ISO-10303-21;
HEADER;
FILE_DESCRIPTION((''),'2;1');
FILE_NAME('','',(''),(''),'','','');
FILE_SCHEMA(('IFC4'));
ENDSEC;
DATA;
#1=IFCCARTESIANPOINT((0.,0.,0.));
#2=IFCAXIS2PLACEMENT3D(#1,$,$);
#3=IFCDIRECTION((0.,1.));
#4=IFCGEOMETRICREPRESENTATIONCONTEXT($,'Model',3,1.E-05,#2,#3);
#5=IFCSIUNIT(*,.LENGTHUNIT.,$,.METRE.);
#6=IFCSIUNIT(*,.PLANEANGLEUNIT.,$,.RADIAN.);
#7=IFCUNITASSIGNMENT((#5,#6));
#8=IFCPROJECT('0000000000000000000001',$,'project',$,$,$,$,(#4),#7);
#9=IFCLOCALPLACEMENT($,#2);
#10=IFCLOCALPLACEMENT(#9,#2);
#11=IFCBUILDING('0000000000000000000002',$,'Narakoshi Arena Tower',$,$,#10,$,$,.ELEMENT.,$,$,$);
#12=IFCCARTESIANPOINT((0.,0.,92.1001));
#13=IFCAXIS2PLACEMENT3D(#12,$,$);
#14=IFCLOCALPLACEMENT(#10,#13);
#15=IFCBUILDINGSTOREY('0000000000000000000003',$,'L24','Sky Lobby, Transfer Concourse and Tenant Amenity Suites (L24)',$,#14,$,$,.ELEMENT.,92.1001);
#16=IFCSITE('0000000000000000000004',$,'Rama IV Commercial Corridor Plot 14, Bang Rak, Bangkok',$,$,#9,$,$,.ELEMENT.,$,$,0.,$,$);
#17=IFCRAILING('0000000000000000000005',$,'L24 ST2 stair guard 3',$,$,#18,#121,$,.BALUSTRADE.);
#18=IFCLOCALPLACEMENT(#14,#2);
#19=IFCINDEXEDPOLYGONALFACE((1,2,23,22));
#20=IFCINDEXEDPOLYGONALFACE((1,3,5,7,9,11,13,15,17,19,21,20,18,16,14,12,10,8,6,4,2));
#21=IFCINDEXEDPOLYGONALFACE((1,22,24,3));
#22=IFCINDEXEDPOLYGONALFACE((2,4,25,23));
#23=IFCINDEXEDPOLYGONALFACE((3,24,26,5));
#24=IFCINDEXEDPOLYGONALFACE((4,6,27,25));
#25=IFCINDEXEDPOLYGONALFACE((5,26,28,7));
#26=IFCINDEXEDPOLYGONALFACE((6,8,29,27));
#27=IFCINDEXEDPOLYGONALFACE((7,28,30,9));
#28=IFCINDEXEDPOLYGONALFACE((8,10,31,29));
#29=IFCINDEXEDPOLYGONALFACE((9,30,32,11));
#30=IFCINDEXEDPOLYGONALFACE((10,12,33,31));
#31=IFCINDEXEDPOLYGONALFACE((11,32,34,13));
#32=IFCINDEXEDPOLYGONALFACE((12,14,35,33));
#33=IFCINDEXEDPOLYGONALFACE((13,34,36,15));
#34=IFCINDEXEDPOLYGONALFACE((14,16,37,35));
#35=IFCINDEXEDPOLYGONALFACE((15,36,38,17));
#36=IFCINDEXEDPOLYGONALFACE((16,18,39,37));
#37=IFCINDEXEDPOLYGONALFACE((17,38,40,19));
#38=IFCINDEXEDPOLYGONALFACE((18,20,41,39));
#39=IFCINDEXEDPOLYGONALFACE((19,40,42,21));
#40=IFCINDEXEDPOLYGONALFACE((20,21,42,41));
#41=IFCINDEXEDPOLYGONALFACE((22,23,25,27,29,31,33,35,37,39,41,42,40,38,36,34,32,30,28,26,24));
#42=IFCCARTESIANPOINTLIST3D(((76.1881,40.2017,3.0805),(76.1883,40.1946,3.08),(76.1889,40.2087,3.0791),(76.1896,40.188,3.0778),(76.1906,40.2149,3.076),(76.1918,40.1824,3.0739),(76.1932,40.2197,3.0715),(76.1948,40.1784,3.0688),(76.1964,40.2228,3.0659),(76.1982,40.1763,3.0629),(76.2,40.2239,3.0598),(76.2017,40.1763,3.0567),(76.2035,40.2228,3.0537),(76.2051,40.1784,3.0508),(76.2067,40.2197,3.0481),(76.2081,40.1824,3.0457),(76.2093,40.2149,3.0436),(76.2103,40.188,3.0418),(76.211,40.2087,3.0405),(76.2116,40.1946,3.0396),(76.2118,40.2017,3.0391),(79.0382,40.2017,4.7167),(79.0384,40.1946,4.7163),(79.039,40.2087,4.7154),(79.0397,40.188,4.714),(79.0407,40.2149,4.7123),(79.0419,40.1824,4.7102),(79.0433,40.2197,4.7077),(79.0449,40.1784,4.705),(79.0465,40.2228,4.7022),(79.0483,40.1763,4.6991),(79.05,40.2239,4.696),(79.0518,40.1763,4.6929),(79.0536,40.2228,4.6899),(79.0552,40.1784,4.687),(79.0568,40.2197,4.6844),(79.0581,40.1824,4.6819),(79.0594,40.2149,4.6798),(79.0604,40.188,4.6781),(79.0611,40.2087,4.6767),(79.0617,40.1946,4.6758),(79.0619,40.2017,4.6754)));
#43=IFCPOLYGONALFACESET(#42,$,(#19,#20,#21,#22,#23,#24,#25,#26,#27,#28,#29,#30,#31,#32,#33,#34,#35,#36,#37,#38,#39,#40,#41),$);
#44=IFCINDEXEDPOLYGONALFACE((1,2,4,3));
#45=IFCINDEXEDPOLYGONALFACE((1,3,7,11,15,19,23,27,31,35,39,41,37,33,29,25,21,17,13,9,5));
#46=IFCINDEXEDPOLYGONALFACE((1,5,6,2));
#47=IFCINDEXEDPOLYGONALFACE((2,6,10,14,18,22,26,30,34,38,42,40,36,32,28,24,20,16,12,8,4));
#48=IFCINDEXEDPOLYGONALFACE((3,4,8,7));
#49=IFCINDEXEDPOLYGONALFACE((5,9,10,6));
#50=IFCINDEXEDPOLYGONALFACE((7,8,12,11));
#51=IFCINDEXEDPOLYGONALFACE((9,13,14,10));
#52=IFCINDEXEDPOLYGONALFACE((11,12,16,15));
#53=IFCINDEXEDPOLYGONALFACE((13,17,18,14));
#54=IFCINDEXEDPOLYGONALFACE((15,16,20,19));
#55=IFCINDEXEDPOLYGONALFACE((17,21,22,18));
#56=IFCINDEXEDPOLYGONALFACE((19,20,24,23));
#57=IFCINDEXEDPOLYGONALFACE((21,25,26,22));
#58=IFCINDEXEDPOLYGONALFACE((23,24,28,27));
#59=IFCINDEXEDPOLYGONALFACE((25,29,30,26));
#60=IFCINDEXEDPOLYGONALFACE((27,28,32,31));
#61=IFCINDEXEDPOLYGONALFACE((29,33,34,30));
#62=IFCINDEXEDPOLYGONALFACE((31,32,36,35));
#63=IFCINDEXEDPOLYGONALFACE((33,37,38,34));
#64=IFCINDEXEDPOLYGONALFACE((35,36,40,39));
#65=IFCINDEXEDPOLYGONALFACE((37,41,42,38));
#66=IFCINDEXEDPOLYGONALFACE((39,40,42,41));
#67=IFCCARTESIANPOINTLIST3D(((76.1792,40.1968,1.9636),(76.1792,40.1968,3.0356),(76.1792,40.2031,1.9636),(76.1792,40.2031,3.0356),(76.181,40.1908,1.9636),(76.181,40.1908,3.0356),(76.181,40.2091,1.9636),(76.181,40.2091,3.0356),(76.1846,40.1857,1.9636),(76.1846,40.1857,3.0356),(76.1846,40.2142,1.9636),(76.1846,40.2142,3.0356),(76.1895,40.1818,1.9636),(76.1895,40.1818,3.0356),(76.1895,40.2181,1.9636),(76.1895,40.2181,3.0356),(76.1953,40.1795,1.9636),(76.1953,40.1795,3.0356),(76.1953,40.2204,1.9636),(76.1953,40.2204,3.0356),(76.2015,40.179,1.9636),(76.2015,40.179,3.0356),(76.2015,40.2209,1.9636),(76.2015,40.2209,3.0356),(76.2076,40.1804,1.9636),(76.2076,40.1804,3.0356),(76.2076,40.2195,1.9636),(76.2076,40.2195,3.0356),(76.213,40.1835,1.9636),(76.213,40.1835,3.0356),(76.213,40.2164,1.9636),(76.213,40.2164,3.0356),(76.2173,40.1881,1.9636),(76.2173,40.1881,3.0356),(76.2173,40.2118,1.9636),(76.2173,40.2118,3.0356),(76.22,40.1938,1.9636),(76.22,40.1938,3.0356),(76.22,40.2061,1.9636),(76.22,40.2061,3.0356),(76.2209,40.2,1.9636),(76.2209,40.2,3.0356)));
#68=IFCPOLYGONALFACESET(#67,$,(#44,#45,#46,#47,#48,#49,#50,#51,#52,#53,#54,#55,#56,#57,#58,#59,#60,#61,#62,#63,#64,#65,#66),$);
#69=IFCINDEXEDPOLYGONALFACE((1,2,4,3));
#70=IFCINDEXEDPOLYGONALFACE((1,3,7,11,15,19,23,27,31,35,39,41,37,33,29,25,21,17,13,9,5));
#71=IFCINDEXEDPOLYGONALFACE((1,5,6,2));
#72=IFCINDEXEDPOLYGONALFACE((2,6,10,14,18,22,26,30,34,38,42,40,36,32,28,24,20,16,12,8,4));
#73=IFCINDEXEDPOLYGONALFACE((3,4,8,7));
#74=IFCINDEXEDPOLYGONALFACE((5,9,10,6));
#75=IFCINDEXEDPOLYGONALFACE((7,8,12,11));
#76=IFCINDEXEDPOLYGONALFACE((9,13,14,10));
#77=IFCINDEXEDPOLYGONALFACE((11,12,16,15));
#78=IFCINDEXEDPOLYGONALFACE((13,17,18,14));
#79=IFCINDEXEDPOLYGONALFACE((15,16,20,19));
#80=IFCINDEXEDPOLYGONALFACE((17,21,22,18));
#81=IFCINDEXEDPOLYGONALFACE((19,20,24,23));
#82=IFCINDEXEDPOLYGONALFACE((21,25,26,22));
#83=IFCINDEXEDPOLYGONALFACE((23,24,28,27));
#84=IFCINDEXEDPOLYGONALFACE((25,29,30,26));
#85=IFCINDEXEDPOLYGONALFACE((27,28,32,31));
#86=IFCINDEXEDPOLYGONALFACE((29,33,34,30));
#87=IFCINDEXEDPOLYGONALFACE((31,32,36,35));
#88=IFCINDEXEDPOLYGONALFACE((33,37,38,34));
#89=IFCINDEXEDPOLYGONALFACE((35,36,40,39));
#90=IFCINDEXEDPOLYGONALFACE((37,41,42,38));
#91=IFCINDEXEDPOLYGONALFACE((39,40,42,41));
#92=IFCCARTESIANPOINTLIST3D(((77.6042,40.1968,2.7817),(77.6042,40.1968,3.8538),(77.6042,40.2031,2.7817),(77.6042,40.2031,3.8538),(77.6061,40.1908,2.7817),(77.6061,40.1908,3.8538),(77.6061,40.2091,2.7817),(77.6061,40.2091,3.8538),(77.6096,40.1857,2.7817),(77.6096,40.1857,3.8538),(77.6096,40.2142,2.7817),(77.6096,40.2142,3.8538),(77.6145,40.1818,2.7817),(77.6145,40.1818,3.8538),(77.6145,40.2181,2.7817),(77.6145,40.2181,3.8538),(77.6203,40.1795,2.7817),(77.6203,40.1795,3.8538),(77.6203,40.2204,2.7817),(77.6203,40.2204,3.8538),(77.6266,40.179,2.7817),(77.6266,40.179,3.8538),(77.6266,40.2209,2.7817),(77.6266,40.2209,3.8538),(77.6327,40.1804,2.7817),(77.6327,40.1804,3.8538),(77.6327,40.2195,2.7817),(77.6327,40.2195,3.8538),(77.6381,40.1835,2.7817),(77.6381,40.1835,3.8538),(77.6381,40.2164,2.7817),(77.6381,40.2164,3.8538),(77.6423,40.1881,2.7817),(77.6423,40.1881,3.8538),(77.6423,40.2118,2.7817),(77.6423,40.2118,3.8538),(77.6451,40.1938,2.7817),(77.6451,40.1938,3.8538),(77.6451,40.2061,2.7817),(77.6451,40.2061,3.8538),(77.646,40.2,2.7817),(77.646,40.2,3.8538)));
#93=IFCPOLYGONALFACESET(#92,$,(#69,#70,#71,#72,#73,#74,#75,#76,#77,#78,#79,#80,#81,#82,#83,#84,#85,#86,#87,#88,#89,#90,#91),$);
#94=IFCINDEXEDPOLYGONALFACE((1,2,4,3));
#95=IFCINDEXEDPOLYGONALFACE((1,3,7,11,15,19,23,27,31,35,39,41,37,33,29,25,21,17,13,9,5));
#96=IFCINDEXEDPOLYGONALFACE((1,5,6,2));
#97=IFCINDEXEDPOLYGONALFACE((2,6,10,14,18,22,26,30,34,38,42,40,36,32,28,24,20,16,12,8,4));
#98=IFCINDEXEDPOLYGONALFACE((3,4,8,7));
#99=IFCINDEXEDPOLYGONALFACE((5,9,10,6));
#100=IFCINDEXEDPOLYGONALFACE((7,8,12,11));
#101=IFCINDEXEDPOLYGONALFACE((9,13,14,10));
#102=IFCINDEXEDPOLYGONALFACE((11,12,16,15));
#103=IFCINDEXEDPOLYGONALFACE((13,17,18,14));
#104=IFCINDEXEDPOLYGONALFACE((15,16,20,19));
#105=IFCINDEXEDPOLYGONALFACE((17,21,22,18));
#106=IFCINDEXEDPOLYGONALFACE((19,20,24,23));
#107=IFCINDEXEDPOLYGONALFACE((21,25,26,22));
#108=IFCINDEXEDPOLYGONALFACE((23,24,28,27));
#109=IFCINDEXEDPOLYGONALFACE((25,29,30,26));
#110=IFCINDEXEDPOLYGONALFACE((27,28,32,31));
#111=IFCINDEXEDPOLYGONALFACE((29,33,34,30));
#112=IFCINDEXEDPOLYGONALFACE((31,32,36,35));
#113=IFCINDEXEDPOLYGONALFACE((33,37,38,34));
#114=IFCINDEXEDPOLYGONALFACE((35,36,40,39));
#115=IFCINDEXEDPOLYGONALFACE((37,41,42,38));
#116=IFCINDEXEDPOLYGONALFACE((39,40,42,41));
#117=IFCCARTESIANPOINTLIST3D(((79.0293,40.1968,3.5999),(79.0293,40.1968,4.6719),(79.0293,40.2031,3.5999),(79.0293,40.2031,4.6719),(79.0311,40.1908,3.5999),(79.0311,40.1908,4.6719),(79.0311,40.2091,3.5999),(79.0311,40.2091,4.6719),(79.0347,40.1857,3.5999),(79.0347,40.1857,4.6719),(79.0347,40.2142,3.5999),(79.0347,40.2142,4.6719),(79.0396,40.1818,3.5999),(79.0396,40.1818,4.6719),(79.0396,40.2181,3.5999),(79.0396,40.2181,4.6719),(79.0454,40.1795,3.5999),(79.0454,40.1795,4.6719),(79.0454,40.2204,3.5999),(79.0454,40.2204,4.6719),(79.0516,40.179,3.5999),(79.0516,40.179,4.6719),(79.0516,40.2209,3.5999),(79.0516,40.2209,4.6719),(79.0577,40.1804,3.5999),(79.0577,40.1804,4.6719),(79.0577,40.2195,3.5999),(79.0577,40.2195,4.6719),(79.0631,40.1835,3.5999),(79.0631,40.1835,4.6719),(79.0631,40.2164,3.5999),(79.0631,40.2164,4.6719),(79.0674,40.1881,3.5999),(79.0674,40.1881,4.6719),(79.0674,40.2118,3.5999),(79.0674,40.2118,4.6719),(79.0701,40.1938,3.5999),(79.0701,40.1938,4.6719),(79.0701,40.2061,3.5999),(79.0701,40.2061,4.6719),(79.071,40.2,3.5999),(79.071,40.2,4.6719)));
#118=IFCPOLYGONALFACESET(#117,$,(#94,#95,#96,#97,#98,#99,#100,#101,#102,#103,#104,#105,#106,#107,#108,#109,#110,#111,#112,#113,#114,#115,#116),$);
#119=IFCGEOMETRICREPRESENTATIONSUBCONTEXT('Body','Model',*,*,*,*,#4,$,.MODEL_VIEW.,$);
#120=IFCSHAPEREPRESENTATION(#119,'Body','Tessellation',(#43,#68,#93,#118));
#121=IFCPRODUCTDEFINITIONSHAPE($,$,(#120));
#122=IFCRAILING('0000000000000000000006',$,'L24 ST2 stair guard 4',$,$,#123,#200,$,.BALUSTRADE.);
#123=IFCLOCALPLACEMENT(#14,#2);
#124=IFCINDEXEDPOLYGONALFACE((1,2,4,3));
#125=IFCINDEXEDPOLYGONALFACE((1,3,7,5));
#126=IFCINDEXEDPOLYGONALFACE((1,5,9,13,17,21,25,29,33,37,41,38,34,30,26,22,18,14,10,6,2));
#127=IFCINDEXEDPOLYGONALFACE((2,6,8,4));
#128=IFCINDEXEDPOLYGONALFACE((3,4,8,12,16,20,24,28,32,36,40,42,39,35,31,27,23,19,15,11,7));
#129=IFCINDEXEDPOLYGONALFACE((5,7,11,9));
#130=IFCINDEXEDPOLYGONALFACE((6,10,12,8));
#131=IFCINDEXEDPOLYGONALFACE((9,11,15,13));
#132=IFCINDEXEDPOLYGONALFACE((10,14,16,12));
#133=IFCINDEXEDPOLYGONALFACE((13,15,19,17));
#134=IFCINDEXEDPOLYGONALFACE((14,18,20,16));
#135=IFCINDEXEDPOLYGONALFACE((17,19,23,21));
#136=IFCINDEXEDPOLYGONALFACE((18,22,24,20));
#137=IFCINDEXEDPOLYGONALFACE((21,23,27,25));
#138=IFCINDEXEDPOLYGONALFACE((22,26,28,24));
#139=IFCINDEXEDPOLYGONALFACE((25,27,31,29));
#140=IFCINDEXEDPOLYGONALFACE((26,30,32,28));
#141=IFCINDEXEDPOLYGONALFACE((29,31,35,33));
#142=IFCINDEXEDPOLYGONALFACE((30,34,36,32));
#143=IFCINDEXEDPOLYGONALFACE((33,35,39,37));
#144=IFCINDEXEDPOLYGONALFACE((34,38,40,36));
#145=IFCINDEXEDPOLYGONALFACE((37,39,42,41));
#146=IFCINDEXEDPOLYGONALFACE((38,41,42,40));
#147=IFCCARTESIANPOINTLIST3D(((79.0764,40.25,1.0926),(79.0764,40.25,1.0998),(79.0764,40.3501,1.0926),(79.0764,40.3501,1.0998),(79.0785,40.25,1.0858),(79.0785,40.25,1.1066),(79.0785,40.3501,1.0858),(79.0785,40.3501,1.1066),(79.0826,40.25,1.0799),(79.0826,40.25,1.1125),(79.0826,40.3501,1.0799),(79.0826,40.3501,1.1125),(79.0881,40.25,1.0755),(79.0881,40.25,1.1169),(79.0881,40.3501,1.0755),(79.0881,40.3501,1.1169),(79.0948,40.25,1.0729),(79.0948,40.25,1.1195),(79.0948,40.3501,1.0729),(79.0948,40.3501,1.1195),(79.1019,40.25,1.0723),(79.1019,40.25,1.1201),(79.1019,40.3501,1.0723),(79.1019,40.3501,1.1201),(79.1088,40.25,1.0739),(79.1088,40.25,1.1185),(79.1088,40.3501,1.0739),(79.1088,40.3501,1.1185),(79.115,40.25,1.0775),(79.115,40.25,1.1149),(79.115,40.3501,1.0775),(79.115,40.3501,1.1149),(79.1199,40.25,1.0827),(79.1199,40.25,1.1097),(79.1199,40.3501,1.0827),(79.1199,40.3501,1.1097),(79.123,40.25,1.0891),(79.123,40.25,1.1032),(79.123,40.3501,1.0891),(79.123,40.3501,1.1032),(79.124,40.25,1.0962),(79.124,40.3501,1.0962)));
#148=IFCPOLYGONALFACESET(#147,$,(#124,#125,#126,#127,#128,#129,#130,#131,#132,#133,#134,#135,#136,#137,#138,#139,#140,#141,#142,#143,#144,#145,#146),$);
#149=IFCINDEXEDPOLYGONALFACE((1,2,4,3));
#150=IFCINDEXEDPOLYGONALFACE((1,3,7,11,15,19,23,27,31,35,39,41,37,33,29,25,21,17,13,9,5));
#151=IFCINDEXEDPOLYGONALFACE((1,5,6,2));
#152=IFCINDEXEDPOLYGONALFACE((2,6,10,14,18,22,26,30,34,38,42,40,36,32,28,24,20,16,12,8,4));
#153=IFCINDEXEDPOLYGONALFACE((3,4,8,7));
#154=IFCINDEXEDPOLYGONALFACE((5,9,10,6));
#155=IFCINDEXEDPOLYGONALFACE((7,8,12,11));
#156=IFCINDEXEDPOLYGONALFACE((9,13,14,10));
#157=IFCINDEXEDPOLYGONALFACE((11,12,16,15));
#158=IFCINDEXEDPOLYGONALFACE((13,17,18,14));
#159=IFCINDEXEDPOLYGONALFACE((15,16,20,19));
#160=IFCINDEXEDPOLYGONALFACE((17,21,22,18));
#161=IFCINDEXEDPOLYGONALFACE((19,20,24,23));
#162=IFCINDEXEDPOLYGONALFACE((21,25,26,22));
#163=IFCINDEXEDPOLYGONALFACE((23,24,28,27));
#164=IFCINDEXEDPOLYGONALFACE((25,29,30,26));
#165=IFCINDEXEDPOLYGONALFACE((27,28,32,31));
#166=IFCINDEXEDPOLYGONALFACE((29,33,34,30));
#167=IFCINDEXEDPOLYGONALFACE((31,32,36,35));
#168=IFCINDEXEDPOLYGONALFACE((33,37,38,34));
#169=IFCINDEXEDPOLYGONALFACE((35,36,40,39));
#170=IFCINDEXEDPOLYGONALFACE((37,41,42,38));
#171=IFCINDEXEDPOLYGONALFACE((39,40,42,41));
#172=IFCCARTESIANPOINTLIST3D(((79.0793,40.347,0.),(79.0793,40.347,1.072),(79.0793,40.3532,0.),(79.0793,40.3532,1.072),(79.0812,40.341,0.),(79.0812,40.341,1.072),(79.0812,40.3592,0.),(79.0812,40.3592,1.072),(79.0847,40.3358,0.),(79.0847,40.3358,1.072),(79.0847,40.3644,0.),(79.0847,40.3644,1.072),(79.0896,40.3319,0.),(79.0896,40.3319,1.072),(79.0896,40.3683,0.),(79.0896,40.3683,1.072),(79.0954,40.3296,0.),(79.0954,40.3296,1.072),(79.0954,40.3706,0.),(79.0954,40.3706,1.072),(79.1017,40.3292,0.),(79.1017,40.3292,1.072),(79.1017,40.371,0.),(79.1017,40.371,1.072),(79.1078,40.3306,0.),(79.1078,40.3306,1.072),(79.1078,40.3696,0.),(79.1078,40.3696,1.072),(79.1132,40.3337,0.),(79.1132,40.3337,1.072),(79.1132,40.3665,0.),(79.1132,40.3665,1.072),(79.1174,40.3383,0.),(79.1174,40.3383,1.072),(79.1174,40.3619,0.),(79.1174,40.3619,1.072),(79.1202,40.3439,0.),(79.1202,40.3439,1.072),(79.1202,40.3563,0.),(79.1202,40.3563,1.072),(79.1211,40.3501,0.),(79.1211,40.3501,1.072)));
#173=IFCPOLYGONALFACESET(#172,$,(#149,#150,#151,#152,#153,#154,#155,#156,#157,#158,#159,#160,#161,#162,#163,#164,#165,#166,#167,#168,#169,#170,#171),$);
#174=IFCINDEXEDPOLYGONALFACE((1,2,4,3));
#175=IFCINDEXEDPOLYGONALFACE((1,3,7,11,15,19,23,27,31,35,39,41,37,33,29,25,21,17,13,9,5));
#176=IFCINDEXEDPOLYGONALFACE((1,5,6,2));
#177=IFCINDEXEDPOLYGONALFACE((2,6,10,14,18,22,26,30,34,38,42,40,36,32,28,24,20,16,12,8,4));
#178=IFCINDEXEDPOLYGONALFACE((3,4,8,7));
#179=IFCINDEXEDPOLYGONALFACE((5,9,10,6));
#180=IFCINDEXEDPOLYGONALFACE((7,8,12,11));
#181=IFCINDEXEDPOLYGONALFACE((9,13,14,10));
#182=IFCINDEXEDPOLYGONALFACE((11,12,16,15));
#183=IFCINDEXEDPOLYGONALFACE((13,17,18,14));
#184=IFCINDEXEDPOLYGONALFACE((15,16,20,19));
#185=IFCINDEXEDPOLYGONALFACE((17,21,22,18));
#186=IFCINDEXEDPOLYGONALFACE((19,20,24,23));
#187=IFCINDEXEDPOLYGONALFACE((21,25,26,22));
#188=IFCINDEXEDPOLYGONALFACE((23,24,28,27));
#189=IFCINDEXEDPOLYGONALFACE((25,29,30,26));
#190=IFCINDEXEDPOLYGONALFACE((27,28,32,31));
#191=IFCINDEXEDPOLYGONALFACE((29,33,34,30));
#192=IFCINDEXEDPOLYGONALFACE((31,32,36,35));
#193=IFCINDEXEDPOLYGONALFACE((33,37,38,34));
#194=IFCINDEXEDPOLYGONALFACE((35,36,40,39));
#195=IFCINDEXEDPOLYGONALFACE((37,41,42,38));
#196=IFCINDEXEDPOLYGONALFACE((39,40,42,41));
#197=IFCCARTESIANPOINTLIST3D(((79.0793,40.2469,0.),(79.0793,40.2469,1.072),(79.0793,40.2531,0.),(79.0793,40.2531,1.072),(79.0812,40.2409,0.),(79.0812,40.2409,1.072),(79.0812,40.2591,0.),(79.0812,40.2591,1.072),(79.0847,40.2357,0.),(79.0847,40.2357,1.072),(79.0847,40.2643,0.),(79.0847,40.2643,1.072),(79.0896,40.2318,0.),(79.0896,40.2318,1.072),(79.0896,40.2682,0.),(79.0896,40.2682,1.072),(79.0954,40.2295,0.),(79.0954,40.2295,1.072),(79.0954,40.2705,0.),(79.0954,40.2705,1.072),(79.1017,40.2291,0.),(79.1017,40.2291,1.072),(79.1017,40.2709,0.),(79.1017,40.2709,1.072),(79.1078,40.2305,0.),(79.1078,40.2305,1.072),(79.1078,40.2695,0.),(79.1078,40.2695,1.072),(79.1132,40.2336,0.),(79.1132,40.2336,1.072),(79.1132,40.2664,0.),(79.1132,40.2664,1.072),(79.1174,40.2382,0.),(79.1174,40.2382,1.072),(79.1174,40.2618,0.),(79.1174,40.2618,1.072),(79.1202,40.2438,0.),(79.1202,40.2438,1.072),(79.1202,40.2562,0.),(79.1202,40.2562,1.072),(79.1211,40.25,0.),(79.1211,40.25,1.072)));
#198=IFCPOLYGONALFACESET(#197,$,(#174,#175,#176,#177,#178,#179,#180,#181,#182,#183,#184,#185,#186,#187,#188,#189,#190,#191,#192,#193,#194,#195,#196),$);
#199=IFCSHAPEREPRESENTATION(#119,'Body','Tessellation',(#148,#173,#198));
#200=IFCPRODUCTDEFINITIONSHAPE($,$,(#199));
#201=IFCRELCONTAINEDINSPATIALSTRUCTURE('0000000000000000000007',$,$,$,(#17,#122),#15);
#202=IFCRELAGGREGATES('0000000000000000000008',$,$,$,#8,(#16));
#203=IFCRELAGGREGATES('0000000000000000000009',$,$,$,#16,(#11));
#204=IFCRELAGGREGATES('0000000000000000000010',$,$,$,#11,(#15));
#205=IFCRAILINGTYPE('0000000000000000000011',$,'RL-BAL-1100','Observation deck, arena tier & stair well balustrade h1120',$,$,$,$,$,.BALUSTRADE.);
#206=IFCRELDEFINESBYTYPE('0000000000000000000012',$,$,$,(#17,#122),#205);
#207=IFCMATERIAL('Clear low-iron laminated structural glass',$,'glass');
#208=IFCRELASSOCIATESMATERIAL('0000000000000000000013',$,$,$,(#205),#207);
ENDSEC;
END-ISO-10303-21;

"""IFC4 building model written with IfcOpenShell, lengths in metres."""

from ifc_helpers import new_model, si_unit, direction, frame, origin, origin_2d, place, context, subcontext, project, spatial, circle, extrude, material, type_object, element, save


model = new_model("IFC4")

# Units and contexts
model_context = context("Model", 3, precision=1e-05, world=origin(), true_north=direction((0.0, 1.0)))
body_context = subcontext(model_context, "Body", "Model", "MODEL_VIEW")
ifc_project = project(units=[si_unit("LENGTHUNIT", "METRE"), si_unit("PLANEANGLEUNIT", "RADIAN")], contexts=[model_context])

# Site, building, storey
site_placement = place(None, origin())
site = spatial("IfcSite", under=ifc_project, at=site_placement, Name="Rama IV Commercial Corridor Plot 14, Bang Rak, Bangkok", CompositionType="ELEMENT", RefElevation=0.0)
building_placement = place(site_placement, origin())
building = spatial("IfcBuilding", under=site, at=building_placement, Name="Narakoshi Arena Tower", CompositionType="ELEMENT")
storey_placement = place(building_placement, frame((0.0, 0.0, 92.1001)))
storey = spatial("IfcBuildingStorey", under=building, at=storey_placement, Name="L24", Description="Sky Lobby, Transfer Concourse and Tenant Amenity Suites (L24)", CompositionType="ELEMENT", Elevation=92.1001)

# Railings
ifc_material_1 = material(Name="Clear low-iron laminated structural glass", Category="glass")
railing_type_1 = type_object("IfcRailingType", Name="RL-BAL-1100", Description="Observation deck, arena tier & stair well balustrade h1120", PredefinedType="BALUSTRADE", material=ifc_material_1)
railing_1_placement = place(storey_placement, frame((76.2, 40.2, 1.9636)))
element("IfcRailing", 1, at=railing_1_placement, inside=storey, type_object=railing_type_1, Name="L24 ST2 stair guard 3", PredefinedType="BALUSTRADE", context=body_context, shape_type="SweptSolid", body=[
    extrude(circle(Radius=0.0239, at=origin_2d()), frame((0.0, 0.0, 1.0962), z_axis=(0.867245, 0.0, 0.497882), x_axis=(0.0, 1.0, 0.0)), (0.0, 0.0, 1.0), 3.2864),
    extrude(circle(Radius=0.021, at=origin_2d()), origin(), (0.0, 0.0, 1.0), 1.072),
    extrude(circle(Radius=0.021, at=origin_2d()), frame((1.425, 0.0, 0.8181)), (0.0, 0.0, 1.0), 1.072),
    extrude(circle(Radius=0.021, at=origin_2d()), frame((2.8501, 0.0, 1.6362)), (0.0, 0.0, 1.0), 1.072),
])
railing_2_placement = place(storey_placement, frame((79.1001, 40.3501, 0.0)))
element("IfcRailing", 2, at=railing_2_placement, inside=storey, type_object=railing_type_1, Name="L24 ST2 stair guard 4", PredefinedType="BALUSTRADE", context=body_context, shape_type="SweptSolid", body=[
    extrude(circle(Radius=0.0239, at=origin_2d()), frame((0.0, 0.0, 1.0962), z_axis=(0.0, -1.0, 0.0), x_axis=(1.0, 0.0, 0.0)), (0.0, 0.0, 1.0), 0.1001),
    extrude(circle(Radius=0.021, at=origin_2d()), origin(), (0.0, 0.0, 1.0), 1.072),
    extrude(circle(Radius=0.021, at=origin_2d()), frame((0.0, -0.1001, 0.0)), (0.0, 0.0, 1.0), 1.072),
])

save(model, "model.ifc")
